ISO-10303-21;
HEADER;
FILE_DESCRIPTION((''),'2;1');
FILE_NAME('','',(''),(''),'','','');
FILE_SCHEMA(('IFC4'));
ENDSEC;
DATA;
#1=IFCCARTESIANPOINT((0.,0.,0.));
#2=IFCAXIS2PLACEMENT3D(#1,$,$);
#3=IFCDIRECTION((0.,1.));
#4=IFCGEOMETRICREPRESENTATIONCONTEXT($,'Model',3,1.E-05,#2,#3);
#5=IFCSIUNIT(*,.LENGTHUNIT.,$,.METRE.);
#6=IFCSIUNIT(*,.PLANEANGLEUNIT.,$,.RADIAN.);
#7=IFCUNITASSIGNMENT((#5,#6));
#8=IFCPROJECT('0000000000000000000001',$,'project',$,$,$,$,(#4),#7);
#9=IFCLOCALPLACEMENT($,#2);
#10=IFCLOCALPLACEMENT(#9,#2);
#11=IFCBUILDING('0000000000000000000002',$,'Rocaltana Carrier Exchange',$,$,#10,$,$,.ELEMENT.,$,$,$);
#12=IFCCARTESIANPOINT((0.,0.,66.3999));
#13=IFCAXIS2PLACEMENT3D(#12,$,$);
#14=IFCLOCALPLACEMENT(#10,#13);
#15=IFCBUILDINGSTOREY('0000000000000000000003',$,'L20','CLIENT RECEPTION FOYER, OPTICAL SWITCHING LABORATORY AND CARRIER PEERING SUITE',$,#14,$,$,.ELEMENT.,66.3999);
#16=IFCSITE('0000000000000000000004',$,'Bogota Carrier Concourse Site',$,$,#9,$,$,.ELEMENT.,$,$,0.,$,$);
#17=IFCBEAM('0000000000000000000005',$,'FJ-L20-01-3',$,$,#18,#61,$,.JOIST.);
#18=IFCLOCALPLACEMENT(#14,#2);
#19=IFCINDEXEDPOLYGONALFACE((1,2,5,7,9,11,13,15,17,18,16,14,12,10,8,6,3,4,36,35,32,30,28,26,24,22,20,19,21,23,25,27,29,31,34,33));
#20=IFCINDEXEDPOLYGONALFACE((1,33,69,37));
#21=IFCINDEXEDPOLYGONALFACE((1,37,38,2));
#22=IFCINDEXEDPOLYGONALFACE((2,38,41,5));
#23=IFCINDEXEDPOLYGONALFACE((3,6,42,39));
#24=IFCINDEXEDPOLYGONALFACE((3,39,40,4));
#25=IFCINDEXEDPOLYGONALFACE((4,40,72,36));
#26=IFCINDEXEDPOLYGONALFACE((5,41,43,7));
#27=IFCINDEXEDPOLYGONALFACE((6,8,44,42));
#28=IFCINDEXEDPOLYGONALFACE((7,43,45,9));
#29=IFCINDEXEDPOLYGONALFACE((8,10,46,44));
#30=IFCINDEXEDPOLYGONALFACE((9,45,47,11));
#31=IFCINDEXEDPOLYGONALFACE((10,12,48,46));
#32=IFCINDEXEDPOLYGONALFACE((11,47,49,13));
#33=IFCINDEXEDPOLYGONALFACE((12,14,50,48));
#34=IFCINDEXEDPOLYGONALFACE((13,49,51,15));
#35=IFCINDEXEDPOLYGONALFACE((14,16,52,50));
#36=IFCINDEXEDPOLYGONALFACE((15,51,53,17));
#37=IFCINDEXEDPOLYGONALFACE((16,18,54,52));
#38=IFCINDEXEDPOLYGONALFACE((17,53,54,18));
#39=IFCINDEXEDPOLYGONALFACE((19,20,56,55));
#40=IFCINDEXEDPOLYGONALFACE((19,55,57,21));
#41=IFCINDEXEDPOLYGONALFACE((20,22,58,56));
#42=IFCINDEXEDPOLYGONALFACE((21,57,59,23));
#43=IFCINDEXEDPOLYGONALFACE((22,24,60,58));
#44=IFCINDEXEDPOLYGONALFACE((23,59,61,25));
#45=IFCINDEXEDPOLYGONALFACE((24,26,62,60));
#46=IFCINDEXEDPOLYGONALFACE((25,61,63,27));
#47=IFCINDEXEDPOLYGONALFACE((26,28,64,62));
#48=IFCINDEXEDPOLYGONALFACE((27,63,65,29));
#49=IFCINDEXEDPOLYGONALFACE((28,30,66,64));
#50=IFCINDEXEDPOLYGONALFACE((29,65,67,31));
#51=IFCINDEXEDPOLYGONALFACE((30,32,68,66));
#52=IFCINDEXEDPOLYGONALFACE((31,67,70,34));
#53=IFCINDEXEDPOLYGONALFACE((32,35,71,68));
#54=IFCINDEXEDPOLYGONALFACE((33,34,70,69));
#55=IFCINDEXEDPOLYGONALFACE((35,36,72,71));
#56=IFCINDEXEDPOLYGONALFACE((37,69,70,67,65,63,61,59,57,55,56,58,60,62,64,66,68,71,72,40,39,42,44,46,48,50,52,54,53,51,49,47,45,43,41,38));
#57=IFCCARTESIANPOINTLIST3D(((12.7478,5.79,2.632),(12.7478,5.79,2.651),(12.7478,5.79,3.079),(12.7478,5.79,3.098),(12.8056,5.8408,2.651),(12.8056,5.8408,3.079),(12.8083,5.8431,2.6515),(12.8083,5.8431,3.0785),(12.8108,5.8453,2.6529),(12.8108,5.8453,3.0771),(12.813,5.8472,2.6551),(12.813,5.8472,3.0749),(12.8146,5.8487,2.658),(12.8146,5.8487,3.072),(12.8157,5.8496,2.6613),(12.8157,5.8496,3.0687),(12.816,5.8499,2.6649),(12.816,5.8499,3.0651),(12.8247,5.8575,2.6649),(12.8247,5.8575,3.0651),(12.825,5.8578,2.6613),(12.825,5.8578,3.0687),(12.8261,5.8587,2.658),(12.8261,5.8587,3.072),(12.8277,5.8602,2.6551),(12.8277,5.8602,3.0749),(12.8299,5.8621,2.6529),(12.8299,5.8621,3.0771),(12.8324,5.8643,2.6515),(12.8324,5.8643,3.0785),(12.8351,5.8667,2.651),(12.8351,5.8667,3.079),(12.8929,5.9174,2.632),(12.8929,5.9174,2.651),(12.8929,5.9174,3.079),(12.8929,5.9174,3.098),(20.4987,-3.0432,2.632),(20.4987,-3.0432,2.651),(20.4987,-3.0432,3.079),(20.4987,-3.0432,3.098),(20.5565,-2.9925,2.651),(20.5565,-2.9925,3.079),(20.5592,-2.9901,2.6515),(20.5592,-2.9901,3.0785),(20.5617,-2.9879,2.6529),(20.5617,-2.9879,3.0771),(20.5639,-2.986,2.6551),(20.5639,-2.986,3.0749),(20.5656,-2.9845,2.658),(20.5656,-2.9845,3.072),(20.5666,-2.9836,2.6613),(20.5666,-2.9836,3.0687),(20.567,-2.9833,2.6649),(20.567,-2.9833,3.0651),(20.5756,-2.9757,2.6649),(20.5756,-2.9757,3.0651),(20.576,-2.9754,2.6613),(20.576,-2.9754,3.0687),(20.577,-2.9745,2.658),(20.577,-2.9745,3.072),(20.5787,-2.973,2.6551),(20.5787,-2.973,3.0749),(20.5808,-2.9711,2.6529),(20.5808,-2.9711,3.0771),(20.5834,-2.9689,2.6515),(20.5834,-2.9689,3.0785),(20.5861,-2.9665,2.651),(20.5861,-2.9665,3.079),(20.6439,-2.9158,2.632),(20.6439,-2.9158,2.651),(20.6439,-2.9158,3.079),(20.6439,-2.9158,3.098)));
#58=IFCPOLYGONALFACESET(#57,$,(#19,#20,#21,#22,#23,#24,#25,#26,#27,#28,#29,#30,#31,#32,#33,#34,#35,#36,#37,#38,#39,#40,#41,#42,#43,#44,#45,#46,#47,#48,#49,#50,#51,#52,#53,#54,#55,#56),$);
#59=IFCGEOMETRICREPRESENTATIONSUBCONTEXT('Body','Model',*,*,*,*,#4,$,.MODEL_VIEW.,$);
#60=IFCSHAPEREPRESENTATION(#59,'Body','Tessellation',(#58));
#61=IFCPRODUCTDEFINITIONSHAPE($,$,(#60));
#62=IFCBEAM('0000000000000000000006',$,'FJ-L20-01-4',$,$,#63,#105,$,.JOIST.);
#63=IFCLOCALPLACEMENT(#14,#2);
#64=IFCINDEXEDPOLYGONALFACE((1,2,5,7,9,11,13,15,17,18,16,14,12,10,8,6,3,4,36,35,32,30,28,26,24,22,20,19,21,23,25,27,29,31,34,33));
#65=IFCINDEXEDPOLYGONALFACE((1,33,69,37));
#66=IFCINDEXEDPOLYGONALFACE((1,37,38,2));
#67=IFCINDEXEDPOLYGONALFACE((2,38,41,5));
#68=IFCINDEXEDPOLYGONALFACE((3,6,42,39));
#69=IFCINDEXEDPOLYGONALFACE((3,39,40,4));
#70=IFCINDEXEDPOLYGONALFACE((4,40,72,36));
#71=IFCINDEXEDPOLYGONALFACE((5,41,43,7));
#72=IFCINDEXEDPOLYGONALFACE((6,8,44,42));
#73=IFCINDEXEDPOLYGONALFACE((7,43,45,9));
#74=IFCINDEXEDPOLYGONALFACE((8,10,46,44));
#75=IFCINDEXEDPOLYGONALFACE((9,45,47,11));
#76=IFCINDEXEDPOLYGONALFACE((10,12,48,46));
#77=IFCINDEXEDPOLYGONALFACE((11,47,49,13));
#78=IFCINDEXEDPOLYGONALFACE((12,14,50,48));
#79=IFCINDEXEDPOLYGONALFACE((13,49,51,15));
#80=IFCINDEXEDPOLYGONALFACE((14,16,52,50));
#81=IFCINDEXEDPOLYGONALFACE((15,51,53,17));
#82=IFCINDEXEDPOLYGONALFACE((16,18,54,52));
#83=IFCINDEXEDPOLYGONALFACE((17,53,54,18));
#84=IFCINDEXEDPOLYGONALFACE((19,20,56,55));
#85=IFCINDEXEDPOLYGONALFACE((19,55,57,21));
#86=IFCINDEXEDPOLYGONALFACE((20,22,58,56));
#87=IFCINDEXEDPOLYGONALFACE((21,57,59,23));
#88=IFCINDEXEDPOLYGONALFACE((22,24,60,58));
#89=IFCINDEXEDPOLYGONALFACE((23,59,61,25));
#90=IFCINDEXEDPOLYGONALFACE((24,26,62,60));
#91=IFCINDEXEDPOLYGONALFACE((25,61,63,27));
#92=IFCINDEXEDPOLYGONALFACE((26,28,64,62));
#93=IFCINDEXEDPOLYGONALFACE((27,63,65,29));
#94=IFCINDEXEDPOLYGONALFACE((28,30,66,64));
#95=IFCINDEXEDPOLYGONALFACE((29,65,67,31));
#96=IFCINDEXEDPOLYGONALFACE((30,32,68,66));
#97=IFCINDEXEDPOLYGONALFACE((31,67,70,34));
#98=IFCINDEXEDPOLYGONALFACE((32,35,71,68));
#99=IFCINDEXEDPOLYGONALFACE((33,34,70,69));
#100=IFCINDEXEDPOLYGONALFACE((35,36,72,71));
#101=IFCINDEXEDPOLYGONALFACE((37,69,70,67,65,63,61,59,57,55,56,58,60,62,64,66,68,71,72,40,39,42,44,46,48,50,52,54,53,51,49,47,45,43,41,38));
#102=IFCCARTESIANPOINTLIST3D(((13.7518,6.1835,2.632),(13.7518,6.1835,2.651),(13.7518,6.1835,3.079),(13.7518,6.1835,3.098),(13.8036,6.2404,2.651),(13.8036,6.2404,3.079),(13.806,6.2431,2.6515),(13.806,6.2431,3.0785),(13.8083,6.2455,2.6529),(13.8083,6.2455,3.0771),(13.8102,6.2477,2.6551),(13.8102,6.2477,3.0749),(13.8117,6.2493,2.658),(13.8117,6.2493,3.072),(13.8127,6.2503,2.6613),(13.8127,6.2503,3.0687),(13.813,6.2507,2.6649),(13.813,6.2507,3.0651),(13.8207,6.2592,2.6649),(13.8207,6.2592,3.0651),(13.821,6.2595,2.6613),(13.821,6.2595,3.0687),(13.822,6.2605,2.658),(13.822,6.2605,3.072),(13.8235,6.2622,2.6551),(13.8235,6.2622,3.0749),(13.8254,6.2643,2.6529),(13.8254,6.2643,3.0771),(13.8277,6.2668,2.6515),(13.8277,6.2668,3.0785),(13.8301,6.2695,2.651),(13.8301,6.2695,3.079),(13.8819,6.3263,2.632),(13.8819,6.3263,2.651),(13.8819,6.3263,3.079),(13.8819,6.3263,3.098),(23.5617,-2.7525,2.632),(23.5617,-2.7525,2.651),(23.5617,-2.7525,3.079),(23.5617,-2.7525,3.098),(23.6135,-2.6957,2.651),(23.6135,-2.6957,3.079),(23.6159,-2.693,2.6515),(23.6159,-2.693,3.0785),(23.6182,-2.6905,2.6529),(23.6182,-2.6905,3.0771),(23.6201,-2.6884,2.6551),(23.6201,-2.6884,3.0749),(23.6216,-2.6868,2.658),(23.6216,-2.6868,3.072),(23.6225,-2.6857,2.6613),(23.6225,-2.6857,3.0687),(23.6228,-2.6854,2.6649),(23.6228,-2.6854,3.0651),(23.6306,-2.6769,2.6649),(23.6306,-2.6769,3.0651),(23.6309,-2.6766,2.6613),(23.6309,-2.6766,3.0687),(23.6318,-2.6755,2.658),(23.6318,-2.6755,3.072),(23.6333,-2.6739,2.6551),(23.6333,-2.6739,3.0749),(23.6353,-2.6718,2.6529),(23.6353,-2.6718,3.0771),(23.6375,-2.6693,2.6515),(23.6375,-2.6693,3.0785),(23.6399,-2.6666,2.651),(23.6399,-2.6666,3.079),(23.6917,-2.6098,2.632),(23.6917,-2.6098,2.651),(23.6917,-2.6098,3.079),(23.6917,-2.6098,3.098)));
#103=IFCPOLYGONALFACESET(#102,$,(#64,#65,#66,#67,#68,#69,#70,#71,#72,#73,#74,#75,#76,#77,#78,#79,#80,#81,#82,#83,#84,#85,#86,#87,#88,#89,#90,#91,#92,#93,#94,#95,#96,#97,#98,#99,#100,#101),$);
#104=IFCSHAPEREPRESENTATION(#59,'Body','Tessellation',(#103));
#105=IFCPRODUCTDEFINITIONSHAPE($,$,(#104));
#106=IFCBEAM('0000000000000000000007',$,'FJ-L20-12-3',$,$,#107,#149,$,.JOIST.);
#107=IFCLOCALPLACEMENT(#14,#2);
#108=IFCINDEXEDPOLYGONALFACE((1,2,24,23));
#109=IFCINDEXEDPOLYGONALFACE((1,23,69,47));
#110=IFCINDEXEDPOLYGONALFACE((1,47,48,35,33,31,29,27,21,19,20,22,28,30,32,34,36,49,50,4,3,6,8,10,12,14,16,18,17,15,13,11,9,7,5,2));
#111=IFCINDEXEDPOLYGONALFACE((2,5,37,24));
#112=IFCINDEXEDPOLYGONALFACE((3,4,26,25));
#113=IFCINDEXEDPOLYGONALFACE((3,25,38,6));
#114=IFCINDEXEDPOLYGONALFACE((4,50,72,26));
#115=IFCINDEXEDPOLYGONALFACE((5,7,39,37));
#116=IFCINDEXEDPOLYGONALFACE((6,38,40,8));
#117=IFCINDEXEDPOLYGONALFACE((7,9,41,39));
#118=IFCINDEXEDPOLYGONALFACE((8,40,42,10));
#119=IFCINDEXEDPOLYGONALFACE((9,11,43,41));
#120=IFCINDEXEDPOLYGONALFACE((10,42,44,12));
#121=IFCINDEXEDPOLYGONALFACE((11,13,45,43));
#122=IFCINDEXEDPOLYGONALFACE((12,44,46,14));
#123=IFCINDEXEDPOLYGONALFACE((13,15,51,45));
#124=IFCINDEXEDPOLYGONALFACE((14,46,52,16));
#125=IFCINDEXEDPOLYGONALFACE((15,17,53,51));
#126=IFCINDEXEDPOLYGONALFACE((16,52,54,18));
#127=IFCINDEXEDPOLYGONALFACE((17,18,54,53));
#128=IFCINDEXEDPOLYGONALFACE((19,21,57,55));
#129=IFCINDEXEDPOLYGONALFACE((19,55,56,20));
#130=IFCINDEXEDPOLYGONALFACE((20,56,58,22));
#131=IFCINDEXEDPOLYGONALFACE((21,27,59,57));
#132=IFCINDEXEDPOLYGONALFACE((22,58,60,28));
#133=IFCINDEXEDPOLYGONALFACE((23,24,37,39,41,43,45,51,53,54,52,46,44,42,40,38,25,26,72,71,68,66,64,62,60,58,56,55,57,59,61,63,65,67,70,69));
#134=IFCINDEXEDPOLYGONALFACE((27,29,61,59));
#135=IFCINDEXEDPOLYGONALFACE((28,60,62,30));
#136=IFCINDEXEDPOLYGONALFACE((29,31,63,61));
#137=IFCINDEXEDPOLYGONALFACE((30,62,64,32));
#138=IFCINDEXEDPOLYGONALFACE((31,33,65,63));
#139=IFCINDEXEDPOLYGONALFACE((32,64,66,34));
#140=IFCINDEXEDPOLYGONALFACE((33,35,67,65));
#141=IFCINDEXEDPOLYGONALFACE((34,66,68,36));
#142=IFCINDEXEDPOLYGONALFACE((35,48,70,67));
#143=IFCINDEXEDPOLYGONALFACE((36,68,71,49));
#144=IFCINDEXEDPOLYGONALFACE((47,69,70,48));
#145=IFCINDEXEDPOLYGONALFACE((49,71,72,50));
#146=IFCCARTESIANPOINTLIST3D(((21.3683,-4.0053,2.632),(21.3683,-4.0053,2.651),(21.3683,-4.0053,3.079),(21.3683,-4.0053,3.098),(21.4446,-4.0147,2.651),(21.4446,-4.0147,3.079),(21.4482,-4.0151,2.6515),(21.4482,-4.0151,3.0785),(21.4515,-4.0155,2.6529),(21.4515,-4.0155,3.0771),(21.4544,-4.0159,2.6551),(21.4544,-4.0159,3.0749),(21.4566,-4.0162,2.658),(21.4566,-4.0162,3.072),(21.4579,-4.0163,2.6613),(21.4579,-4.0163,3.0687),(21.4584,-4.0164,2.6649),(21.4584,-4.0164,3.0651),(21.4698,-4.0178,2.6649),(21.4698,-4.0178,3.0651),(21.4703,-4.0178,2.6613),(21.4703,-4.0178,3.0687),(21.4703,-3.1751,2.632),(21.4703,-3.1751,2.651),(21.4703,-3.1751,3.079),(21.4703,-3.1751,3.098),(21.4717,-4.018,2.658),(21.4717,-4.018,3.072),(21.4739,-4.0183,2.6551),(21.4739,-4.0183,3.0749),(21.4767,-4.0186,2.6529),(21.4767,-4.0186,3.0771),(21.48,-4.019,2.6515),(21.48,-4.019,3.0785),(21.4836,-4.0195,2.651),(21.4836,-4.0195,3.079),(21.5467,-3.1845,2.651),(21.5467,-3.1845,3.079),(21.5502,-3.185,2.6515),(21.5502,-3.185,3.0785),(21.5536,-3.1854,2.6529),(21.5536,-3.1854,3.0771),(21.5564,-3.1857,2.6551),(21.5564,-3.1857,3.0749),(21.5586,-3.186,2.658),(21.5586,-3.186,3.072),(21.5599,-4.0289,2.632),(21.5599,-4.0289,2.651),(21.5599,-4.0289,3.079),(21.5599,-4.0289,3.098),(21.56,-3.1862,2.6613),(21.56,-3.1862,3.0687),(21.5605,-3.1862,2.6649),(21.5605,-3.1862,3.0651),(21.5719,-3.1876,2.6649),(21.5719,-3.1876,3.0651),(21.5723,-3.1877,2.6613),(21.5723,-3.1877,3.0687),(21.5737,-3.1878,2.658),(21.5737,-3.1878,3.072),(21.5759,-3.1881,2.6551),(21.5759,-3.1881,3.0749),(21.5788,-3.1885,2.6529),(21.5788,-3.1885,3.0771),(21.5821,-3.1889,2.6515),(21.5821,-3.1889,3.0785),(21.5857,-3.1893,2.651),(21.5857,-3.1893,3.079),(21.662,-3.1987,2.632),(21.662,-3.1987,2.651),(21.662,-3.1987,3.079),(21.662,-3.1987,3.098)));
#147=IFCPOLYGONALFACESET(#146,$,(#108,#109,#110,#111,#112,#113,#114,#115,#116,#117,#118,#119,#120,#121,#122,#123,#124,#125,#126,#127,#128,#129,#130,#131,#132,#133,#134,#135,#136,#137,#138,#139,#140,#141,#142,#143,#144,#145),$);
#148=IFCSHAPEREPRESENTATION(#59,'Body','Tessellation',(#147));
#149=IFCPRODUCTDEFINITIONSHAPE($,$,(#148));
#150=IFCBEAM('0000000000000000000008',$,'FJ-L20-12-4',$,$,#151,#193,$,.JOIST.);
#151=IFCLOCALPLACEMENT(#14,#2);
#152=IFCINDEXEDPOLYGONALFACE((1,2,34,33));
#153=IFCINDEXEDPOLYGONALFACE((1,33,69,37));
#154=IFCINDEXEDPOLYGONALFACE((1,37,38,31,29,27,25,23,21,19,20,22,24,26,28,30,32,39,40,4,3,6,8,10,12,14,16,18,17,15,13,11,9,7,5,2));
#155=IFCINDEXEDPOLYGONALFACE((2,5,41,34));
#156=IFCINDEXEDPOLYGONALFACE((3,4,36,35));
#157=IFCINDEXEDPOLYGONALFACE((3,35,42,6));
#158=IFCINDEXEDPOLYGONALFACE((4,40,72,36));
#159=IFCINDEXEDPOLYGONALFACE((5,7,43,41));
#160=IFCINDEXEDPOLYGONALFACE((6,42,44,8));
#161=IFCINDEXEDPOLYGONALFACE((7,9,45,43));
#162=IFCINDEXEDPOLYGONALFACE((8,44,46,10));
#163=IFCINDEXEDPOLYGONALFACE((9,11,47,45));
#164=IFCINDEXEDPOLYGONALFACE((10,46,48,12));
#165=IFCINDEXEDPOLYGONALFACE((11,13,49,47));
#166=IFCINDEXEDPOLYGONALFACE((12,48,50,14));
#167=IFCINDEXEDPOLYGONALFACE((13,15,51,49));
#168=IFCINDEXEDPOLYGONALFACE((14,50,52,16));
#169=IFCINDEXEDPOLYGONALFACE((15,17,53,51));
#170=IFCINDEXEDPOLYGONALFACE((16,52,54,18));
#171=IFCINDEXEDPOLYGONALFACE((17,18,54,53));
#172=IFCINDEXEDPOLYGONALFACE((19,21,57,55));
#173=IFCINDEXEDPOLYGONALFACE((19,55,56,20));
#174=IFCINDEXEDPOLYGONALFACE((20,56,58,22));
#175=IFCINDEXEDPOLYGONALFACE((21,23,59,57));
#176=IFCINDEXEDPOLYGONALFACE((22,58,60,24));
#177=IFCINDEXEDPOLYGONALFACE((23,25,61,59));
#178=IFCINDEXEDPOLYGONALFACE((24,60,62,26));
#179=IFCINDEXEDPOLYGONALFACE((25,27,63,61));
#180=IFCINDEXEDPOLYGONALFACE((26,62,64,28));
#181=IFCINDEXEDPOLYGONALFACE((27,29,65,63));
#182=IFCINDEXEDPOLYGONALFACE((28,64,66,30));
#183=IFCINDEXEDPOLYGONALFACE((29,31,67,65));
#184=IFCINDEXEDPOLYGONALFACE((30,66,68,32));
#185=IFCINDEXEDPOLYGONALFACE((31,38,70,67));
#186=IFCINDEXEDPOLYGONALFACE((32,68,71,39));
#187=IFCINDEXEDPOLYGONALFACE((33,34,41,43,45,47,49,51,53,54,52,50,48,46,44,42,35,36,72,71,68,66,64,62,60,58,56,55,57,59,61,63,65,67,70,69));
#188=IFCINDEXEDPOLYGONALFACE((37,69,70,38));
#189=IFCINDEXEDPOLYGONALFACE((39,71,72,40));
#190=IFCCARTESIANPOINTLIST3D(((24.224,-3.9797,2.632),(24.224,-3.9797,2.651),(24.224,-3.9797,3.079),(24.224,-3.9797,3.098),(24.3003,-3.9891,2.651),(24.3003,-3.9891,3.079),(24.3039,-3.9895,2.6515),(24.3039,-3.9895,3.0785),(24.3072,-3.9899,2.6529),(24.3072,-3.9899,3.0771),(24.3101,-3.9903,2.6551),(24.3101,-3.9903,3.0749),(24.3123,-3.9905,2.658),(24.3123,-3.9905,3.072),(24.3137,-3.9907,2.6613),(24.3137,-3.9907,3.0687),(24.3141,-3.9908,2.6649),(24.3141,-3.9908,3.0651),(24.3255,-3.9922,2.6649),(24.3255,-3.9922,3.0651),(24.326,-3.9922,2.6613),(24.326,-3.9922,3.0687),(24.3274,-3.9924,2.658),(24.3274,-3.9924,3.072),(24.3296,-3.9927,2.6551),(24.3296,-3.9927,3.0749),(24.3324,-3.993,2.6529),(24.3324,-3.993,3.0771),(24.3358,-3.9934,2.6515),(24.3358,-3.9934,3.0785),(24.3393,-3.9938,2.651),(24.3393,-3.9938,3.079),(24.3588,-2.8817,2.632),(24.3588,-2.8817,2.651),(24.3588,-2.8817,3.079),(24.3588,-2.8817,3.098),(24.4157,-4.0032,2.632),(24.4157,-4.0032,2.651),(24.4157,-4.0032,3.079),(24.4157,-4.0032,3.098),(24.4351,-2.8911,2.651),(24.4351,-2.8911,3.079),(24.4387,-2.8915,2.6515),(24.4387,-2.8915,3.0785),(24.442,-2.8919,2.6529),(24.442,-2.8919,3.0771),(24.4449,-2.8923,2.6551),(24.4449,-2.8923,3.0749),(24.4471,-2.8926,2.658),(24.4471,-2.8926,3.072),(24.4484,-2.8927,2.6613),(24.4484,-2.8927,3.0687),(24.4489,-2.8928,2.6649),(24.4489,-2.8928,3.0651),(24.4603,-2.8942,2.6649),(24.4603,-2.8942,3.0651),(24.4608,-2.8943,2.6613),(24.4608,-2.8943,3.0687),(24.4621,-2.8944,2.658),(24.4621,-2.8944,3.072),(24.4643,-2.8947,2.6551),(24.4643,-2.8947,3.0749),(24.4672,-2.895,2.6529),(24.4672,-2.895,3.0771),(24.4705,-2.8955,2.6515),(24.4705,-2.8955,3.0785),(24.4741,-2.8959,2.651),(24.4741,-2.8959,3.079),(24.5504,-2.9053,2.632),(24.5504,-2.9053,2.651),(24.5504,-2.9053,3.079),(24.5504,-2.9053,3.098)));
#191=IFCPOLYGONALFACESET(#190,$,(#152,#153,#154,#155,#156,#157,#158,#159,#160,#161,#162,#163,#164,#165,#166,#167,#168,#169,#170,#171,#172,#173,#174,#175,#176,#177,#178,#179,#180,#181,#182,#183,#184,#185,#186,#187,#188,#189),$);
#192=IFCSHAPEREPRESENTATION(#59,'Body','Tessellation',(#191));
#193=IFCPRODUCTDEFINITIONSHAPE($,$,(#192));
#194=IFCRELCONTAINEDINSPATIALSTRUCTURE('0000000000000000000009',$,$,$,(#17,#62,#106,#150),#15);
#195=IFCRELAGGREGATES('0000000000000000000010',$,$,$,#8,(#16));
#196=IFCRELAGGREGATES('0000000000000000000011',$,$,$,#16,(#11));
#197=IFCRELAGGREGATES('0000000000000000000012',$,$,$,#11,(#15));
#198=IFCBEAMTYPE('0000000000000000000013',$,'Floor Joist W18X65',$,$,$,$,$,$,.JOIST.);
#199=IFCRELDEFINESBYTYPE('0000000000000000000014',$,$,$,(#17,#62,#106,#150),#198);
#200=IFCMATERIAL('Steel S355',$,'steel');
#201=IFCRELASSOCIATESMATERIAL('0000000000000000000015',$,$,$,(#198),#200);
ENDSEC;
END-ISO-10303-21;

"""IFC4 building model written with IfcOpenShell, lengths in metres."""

from ifc_helpers import new_model, si_unit, direction, frame, origin, origin_2d, place, context, subcontext, project, spatial, i_section, extrude, material, material_profile, profile_set, type_object, element, save


model = new_model("IFC4")

# Units and contexts
model_context = context("Model", 3, precision=1e-05, world=origin(), true_north=direction((0.0, 1.0)))
body_context = subcontext(model_context, "Body", "Model", "MODEL_VIEW")
ifc_project = project(units=[si_unit("LENGTHUNIT", "METRE"), si_unit("PLANEANGLEUNIT", "RADIAN")], contexts=[model_context])

# Site, building, storey
site_placement = place(None, origin())
site = spatial("IfcSite", under=ifc_project, at=site_placement, Name="Bogota Carrier Concourse Site", CompositionType="ELEMENT", RefElevation=0.0)
building_placement = place(site_placement, origin())
building = spatial("IfcBuilding", under=site, at=building_placement, Name="Rocaltana Carrier Exchange", CompositionType="ELEMENT")
storey_placement = place(building_placement, frame((0.0, 0.0, 66.3999)))
storey = spatial("IfcBuildingStorey", under=building, at=storey_placement, Name="L20", Description="CLIENT RECEPTION FOYER, OPTICAL SWITCHING LABORATORY AND CARRIER PEERING SUITE", CompositionType="ELEMENT", Elevation=66.3999)

# Beams
ifc_material_1 = material(Name="Steel S355", Category="steel")
ifc_material_profile_1 = material_profile(ifc_material_1, i_section(OverallWidth=0.1931, OverallDepth=0.4661, WebThickness=0.0115, FlangeThickness=0.019, FilletRadius=0.0139, at=origin_2d()), Name="W18X65")
ifc_profile_set_1 = profile_set([ifc_material_profile_1], Name="Steel S355")
beam_type_1 = type_object("IfcBeamType", Name="Floor Joist W18X65", PredefinedType="JOIST", material=ifc_profile_set_1)
beam_1_placement = place(storey_placement, frame((20.5713, -2.9795, 2.865), z_axis=(-0.659559, 0.751653, 0.0), x_axis=(-0.751653, -0.659559, 0.0)))
element("IfcBeam", 1, at=beam_1_placement, inside=storey, type_object=beam_type_1, Name="FJ-L20-01-3", PredefinedType="JOIST", context=body_context, shape_type="SweptSolid", body=[
    extrude(i_section(OverallWidth=0.1931, OverallDepth=0.4661, WebThickness=0.0115, FlangeThickness=0.019, FilletRadius=0.0139, at=origin_2d()), origin(), (0.0, 0.0, 1.0), 11.7517),
])
beam_2_placement = place(storey_placement, frame((23.6267, -2.6812, 2.865), z_axis=(-0.739264, 0.673416, 0.0), x_axis=(-0.673416, -0.739264, 0.0)))
element("IfcBeam", 2, at=beam_2_placement, inside=storey, type_object=beam_type_1, Name="FJ-L20-01-4", PredefinedType="JOIST", context=body_context, shape_type="SweptSolid", body=[
    extrude(i_section(OverallWidth=0.1931, OverallDepth=0.4661, WebThickness=0.0115, FlangeThickness=0.019, FilletRadius=0.0139, at=origin_2d()), origin(), (0.0, 0.0, 1.0), 13.2698),
])
beam_3_placement = place(storey_placement, frame((21.4641, -4.0171, 2.865), z_axis=(0.122022, 0.992527, 0.0), x_axis=(-0.992527, 0.122022, 0.0)))
element("IfcBeam", 3, at=beam_3_placement, inside=storey, type_object=beam_type_1, Name="FJ-L20-12-3", PredefinedType="JOIST", context=body_context, shape_type="SweptSolid", body=[
    extrude(i_section(OverallWidth=0.1931, OverallDepth=0.4661, WebThickness=0.0115, FlangeThickness=0.019, FilletRadius=0.0139, at=origin_2d()), origin(), (0.0, 0.0, 1.0), 0.8364),
])
beam_4_placement = place(storey_placement, frame((24.3198, -3.9915, 2.865), z_axis=(0.121834, 0.99255, 0.0), x_axis=(-0.99255, 0.121834, 0.0)))
element("IfcBeam", 4, at=beam_4_placement, inside=storey, type_object=beam_type_1, Name="FJ-L20-12-4", PredefinedType="JOIST", context=body_context, shape_type="SweptSolid", body=[
    extrude(i_section(OverallWidth=0.1931, OverallDepth=0.4661, WebThickness=0.0115, FlangeThickness=0.019, FilletRadius=0.0139, at=origin_2d()), origin(), (0.0, 0.0, 1.0), 1.1062),
])

save(model, "model.ifc")
